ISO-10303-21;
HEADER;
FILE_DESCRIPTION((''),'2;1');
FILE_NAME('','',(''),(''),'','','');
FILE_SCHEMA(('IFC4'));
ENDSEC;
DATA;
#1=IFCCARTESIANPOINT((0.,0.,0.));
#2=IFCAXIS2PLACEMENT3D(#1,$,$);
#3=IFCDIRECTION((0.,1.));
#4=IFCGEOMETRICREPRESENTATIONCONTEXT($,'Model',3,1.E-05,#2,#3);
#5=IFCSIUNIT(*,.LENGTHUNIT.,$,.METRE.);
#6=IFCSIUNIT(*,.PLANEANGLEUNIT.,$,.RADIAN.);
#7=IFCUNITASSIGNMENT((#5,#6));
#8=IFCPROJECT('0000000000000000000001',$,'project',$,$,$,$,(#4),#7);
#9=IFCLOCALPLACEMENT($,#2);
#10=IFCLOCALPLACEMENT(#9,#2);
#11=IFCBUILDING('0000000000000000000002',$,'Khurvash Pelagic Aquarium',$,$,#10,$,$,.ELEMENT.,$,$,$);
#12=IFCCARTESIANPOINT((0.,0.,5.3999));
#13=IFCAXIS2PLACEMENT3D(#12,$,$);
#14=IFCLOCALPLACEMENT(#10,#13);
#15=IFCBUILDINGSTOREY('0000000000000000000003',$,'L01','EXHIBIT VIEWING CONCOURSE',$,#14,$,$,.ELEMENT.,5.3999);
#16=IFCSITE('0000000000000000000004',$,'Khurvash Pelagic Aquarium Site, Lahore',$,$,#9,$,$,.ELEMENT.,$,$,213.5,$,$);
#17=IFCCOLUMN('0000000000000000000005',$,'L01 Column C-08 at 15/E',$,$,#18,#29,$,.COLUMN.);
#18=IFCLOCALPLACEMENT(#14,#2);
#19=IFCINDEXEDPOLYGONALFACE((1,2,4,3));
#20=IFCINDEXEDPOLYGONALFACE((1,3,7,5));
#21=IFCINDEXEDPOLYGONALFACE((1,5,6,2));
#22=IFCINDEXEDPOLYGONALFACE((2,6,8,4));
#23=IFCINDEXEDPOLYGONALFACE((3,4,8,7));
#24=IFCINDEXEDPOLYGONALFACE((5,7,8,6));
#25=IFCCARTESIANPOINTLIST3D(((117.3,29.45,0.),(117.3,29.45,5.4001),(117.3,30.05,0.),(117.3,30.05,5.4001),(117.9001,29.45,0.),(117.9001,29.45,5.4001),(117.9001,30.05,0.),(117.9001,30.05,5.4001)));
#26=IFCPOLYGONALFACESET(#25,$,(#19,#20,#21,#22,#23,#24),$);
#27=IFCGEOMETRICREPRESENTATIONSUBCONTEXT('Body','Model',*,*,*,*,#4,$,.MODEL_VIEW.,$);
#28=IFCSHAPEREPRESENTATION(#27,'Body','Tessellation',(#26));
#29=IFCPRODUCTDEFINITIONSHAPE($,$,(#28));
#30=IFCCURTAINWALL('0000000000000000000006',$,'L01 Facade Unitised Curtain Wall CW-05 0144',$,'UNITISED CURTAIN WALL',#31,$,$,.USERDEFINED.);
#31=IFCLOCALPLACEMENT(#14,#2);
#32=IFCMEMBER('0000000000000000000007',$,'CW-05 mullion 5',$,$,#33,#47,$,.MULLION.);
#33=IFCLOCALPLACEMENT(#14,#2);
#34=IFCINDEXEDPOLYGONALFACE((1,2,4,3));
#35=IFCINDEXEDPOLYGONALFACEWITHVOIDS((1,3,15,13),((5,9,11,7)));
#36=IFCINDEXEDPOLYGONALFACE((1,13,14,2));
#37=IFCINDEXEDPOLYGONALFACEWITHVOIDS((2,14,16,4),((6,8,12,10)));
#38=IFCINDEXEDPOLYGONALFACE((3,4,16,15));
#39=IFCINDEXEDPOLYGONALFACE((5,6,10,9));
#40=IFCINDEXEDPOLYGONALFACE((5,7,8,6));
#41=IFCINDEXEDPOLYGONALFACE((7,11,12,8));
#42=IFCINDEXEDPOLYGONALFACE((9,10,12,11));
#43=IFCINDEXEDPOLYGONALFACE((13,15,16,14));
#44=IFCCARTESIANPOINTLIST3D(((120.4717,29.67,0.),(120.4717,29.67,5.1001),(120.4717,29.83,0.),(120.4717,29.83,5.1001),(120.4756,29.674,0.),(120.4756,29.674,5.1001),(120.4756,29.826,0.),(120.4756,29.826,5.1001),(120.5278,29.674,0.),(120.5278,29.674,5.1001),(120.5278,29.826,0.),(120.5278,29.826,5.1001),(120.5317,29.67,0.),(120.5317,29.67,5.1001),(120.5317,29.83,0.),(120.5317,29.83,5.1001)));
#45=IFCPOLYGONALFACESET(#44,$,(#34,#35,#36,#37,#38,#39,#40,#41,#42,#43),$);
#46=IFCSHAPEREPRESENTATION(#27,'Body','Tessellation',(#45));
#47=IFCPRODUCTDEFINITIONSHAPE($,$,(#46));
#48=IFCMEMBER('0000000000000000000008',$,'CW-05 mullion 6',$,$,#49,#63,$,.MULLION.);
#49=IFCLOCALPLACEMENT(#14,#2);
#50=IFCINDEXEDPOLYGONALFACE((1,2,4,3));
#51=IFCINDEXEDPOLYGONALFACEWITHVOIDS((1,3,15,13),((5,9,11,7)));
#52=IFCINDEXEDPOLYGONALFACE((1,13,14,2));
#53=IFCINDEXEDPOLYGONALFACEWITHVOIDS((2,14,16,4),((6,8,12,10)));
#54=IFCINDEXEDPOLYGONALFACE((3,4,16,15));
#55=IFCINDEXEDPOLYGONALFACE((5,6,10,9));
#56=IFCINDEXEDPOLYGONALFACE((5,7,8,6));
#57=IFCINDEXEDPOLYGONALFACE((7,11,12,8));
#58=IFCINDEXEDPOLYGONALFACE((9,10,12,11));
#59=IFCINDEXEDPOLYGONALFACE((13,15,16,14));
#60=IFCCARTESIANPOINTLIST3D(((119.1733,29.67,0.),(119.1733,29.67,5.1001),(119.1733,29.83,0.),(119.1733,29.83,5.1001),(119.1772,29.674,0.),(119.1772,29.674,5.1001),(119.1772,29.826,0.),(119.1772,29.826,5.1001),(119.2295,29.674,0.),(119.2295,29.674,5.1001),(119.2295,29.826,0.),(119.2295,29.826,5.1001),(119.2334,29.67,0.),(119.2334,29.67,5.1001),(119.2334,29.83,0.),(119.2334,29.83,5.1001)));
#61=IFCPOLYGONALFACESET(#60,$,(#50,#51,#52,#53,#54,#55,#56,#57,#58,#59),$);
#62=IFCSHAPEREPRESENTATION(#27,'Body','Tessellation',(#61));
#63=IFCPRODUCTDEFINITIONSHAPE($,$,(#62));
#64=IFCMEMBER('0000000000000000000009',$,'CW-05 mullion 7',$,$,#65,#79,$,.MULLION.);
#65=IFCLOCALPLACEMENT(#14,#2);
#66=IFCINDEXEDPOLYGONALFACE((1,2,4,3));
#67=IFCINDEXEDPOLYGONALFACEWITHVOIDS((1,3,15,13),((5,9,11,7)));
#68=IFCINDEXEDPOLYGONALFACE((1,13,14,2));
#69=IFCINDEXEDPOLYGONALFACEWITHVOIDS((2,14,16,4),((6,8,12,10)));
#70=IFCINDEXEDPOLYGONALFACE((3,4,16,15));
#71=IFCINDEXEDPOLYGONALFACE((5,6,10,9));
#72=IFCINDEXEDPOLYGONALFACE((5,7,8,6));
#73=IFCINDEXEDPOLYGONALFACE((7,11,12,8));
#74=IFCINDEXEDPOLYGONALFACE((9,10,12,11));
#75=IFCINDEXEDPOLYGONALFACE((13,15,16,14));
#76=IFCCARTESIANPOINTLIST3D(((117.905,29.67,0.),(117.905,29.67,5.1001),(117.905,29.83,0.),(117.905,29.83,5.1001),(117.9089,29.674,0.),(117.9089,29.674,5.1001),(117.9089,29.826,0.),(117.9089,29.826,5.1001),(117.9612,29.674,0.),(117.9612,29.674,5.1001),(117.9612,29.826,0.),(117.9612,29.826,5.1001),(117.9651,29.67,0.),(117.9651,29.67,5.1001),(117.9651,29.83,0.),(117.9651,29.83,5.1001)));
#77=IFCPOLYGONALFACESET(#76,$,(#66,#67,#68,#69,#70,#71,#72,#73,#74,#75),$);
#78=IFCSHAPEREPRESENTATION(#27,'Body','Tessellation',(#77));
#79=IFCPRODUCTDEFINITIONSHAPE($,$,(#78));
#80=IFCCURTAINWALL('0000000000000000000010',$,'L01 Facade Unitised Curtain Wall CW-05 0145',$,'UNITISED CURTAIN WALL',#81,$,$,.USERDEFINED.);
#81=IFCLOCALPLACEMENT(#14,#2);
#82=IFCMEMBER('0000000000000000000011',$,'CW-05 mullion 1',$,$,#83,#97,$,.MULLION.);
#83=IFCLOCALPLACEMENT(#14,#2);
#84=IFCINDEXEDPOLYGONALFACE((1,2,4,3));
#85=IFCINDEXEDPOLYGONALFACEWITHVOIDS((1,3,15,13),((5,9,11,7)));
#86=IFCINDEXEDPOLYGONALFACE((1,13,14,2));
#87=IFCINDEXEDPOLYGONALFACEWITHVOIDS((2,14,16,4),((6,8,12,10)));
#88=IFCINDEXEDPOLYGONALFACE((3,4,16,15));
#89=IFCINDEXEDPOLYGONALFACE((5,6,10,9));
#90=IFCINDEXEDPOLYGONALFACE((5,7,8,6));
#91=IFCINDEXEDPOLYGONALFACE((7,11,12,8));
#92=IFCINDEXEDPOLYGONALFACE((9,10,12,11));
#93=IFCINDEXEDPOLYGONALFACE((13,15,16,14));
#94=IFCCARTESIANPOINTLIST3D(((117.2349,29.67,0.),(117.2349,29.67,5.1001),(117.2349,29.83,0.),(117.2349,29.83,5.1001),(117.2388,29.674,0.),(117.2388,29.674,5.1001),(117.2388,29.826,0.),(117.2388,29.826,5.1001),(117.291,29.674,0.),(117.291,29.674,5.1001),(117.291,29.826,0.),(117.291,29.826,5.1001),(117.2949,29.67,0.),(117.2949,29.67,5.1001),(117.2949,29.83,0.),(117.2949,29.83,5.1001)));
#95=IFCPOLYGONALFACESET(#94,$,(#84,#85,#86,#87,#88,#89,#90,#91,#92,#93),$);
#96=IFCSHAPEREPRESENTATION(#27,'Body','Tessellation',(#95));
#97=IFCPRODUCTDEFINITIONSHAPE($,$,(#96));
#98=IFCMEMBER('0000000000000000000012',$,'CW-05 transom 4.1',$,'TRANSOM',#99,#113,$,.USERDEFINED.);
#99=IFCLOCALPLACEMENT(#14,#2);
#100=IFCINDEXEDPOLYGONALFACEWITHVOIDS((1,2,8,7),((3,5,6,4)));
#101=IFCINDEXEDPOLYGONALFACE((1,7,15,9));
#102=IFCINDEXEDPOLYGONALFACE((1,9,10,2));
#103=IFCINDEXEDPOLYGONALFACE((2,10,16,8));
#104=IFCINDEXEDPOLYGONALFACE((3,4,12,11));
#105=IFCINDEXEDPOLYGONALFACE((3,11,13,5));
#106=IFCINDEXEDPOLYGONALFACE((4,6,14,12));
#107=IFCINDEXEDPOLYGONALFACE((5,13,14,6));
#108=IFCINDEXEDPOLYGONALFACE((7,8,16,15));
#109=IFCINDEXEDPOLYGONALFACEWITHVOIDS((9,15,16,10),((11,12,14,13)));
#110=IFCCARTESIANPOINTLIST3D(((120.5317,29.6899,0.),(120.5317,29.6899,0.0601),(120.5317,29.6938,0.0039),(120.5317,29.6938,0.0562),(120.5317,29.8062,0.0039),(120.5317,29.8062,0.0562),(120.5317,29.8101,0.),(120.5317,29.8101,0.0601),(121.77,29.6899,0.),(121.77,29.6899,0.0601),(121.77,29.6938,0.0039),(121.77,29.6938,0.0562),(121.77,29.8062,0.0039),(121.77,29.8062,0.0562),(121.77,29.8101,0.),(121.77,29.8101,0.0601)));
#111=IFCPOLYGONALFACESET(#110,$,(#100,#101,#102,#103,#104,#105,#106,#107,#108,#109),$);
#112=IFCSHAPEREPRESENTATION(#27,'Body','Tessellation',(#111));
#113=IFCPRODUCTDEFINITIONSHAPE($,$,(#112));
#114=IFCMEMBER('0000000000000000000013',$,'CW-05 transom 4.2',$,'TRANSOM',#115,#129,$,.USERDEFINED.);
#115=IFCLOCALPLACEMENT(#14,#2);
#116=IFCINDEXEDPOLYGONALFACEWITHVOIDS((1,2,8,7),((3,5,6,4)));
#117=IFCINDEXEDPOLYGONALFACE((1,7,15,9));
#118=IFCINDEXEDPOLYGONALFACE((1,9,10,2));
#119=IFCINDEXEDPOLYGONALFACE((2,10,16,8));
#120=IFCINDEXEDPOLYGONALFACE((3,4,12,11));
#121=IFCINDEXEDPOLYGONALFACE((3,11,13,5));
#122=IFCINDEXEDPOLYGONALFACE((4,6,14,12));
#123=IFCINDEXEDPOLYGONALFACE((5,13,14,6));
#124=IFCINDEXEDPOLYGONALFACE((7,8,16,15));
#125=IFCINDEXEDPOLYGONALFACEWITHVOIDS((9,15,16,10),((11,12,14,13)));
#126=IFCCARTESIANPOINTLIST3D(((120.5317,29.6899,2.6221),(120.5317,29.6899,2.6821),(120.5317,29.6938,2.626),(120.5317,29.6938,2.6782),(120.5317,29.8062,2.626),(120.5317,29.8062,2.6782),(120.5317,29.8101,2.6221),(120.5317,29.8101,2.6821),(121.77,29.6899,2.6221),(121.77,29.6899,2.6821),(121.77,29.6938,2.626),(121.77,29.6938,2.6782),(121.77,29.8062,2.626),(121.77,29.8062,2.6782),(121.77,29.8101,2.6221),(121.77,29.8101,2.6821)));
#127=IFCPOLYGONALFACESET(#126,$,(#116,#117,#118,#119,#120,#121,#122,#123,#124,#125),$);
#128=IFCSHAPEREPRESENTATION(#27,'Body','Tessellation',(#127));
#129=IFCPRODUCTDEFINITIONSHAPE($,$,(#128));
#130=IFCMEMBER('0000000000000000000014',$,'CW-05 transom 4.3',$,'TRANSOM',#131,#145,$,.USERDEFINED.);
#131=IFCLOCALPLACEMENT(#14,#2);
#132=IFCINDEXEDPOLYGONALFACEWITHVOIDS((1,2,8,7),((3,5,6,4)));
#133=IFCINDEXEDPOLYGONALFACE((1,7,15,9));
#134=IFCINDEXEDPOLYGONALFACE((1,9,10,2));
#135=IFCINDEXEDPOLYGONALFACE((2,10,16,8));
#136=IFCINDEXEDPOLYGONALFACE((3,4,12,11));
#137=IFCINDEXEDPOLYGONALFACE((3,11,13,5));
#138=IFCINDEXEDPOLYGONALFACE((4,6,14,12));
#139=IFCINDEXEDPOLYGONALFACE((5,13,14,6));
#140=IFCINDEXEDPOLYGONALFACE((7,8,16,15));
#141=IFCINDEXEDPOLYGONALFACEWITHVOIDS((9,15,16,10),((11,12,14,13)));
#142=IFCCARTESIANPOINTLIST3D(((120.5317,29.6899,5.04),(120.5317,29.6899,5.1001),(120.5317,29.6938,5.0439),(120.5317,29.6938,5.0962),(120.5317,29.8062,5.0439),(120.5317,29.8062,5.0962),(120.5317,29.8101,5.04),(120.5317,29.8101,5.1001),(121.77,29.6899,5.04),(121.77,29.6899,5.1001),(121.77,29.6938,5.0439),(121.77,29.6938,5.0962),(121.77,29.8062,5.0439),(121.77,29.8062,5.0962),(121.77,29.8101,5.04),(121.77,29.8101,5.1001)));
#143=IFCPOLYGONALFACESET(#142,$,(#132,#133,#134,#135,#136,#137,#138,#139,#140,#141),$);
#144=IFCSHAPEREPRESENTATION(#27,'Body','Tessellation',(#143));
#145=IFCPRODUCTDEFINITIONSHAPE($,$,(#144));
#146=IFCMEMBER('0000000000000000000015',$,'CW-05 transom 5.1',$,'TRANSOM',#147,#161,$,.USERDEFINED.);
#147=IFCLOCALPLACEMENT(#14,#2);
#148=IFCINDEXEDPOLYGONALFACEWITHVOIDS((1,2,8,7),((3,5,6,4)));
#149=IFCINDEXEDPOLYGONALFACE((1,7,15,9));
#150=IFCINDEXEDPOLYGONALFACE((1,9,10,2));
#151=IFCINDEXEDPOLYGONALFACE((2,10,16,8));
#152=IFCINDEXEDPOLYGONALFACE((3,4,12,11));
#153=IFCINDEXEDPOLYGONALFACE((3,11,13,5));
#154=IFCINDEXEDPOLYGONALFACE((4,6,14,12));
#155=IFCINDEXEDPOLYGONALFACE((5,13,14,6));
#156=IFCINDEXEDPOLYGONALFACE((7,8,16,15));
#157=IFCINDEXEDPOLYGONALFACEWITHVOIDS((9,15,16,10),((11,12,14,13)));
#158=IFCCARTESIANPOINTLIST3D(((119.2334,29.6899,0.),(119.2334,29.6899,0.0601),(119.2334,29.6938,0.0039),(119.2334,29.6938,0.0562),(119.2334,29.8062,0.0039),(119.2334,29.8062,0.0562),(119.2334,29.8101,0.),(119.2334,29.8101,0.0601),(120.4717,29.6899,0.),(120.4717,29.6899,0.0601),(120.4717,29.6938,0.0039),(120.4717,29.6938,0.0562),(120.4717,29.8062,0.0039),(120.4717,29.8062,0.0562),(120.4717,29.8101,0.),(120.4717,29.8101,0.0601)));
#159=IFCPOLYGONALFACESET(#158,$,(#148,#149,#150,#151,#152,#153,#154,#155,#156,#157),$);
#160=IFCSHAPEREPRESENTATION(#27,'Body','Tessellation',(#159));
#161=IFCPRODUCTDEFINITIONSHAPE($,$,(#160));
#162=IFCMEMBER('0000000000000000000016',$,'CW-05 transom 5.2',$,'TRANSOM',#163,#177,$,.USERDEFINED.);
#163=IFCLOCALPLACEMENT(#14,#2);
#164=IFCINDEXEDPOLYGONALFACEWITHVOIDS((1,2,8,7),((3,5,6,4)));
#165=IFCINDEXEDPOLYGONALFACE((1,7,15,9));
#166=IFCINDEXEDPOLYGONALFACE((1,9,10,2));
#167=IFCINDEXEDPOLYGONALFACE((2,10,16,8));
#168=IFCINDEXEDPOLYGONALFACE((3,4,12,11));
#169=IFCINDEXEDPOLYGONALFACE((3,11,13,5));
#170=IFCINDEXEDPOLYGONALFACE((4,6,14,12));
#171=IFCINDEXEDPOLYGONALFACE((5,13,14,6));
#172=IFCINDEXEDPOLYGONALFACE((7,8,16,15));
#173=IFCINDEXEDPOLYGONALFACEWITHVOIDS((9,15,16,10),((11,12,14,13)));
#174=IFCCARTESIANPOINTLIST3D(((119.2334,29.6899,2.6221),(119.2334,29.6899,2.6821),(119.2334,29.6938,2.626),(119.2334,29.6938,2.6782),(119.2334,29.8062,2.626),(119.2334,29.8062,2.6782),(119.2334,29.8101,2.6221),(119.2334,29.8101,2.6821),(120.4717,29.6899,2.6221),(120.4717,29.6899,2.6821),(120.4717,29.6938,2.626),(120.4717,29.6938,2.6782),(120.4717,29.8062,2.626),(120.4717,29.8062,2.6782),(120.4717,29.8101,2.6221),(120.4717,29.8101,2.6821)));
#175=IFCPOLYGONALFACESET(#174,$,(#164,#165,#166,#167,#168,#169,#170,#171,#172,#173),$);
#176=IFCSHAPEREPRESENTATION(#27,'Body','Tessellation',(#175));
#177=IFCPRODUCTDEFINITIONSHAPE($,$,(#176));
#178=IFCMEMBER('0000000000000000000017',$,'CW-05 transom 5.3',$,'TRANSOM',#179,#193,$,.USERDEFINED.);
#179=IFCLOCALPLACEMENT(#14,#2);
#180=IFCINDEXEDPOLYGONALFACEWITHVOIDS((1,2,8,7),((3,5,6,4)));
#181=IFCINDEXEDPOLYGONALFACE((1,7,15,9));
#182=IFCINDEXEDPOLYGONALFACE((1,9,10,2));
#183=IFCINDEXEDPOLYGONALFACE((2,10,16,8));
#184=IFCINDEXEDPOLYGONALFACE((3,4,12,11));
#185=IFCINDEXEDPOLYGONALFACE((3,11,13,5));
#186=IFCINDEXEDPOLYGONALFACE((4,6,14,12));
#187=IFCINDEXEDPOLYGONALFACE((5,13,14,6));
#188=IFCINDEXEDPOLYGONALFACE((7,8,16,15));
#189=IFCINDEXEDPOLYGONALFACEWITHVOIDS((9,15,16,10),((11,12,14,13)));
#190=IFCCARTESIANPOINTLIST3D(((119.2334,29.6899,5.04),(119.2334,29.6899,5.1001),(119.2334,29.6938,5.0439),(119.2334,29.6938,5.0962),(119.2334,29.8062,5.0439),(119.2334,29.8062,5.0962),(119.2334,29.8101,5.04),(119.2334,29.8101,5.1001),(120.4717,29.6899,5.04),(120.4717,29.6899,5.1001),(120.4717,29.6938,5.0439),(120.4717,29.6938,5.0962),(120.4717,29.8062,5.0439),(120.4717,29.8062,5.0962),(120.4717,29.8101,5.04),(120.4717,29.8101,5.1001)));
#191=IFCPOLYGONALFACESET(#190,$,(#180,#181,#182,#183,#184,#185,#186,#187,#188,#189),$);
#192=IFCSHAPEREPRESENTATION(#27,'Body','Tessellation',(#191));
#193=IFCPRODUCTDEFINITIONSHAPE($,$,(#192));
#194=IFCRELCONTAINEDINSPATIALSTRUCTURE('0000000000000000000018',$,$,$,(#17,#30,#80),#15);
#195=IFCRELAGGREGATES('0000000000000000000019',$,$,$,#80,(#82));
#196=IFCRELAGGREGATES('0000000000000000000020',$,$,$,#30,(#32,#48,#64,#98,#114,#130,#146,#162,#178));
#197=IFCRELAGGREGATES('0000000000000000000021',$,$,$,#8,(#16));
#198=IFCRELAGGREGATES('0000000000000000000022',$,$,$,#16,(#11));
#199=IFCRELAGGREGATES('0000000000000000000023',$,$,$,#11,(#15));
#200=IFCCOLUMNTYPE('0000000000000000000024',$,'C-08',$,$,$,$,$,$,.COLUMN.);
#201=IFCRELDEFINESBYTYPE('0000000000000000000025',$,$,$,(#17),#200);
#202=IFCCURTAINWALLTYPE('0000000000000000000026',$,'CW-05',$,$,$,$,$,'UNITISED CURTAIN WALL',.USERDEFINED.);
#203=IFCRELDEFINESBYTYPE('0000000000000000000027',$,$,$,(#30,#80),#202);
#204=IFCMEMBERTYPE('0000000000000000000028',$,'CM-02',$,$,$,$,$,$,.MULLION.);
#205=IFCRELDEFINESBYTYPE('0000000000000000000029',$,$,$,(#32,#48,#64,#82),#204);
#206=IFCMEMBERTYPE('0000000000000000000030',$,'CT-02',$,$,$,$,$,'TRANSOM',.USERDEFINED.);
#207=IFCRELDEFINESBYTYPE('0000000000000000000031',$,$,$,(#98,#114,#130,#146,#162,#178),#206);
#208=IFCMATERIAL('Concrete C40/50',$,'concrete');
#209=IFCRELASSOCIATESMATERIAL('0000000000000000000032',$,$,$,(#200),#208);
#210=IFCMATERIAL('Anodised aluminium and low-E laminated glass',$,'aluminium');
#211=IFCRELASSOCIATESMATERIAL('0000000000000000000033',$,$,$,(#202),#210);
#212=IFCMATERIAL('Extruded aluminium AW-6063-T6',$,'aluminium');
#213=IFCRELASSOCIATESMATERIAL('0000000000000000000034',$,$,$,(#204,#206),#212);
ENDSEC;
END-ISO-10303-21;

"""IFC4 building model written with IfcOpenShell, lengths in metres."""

from ifc_helpers import new_model, si_unit, direction, frame, origin, origin_2d, place, context, subcontext, project, spatial, rectangle, hollow_rectangle, extrude, material, material_profile, profile_set, type_object, element, aggregate, save


model = new_model("IFC4")

# Units and contexts
model_context = context("Model", 3, precision=1e-05, world=origin(), true_north=direction((0.0, 1.0)))
body_context = subcontext(model_context, "Body", "Model", "MODEL_VIEW")
ifc_project = project(units=[si_unit("LENGTHUNIT", "METRE"), si_unit("PLANEANGLEUNIT", "RADIAN")], contexts=[model_context])

# Site, building, storey
site_placement = place(None, origin())
site = spatial("IfcSite", under=ifc_project, at=site_placement, Name="Khurvash Pelagic Aquarium Site, Lahore", CompositionType="ELEMENT", RefElevation=213.5)
building_placement = place(site_placement, origin())
building = spatial("IfcBuilding", under=site, at=building_placement, Name="Khurvash Pelagic Aquarium", CompositionType="ELEMENT")
storey_placement = place(building_placement, frame((0.0, 0.0, 5.3999)))
storey = spatial("IfcBuildingStorey", under=building, at=storey_placement, Name="L01", Description="EXHIBIT VIEWING CONCOURSE", CompositionType="ELEMENT", Elevation=5.3999)

# Column
ifc_material_1 = material(Name="Concrete C40/50", Category="concrete")
ifc_material_profile_1 = material_profile(ifc_material_1, rectangle(XDim=0.6001, YDim=0.6001, at=origin_2d()), Name="RC600X600")
ifc_profile_set_1 = profile_set([ifc_material_profile_1], Name="Concrete C40/50")
column_type = type_object("IfcColumnType", Name="C-08", PredefinedType="COLUMN", material=ifc_profile_set_1)
column_placement = place(storey_placement, frame((117.6001, 29.75, 0.0), z_axis=(0.0, 0.0, 1.0), x_axis=(1.0, 0.0, 0.0)))
element("IfcColumn", 1, at=column_placement, inside=storey, type_object=column_type, Name="L01 Column C-08 at 15/E", PredefinedType="COLUMN", context=body_context, shape_type="SweptSolid", body=[
    extrude(rectangle(XDim=0.6001, YDim=0.6001, at=origin_2d()), origin(), (0.0, 0.0, 1.0), 5.4001),
])

# Curtain wall, members
ifc_material_2 = material(Name="Anodised aluminium and low-E laminated glass", Category="aluminium")
curtain_wall_type = type_object("IfcCurtainWallType", Name="CW-05", ElementType="UNITISED CURTAIN WALL", PredefinedType="USERDEFINED", material=ifc_material_2)
curtain_wall_1_placement = place(storey_placement, origin())
curtain_wall_1 = element("IfcCurtainWall", 2, at=curtain_wall_1_placement, inside=storey, type_object=curtain_wall_type, Name="L01 Facade Unitised Curtain Wall CW-05 0144", ObjectType="UNITISED CURTAIN WALL", PredefinedType="USERDEFINED")
ifc_material_3 = material(Name="Extruded aluminium AW-6063-T6", Category="aluminium")
ifc_material_profile_2 = material_profile(ifc_material_3, hollow_rectangle(XDim=0.0601, YDim=0.1599, WallThickness=0.0039, at=origin_2d()), Name="CWM60X160X4")
ifc_profile_set_2 = profile_set([ifc_material_profile_2], Name="Extruded aluminium AW-6063-T6")
member_type_1 = type_object("IfcMemberType", Name="CM-02", PredefinedType="MULLION", material=ifc_profile_set_2)
member_1_placement = place(storey_placement, frame((120.5017, 29.75, 0.0), z_axis=(0.0, 0.0, 1.0), x_axis=(-1.0, 0.0, 0.0)))
member_1 = element("IfcMember", 3, at=member_1_placement, type_object=member_type_1, Name="CW-05 mullion 5", PredefinedType="MULLION", context=body_context, shape_type="SweptSolid", body=[
    extrude(hollow_rectangle(XDim=0.0601, YDim=0.1599, WallThickness=0.0039, at=origin_2d()), origin(), (0.0, 0.0, 1.0), 5.1001),
])
member_2_placement = place(storey_placement, frame((119.2034, 29.75, 0.0), z_axis=(0.0, 0.0, 1.0), x_axis=(-1.0, 0.0, 0.0)))
member_2 = element("IfcMember", 4, at=member_2_placement, type_object=member_type_1, Name="CW-05 mullion 6", PredefinedType="MULLION", context=body_context, shape_type="SweptSolid", body=[
    extrude(hollow_rectangle(XDim=0.0601, YDim=0.1599, WallThickness=0.0039, at=origin_2d()), origin(), (0.0, 0.0, 1.0), 5.1001),
])
member_3_placement = place(storey_placement, frame((117.9351, 29.75, 0.0), z_axis=(0.0, 0.0, 1.0), x_axis=(-1.0, 0.0, 0.0)))
member_3 = element("IfcMember", 5, at=member_3_placement, type_object=member_type_1, Name="CW-05 mullion 7", PredefinedType="MULLION", context=body_context, shape_type="SweptSolid", body=[
    extrude(hollow_rectangle(XDim=0.0601, YDim=0.1599, WallThickness=0.0039, at=origin_2d()), origin(), (0.0, 0.0, 1.0), 5.1001),
])

# Curtain wall, member
curtain_wall_2_placement = place(storey_placement, origin())
curtain_wall_2 = element("IfcCurtainWall", 6, at=curtain_wall_2_placement, inside=storey, type_object=curtain_wall_type, Name="L01 Facade Unitised Curtain Wall CW-05 0145", ObjectType="UNITISED CURTAIN WALL", PredefinedType="USERDEFINED")
member_4_placement = place(storey_placement, frame((117.2649, 29.75, 0.0), z_axis=(0.0, 0.0, 1.0), x_axis=(-1.0, 0.0, 0.0)))
member_4 = element("IfcMember", 7, at=member_4_placement, type_object=member_type_1, Name="CW-05 mullion 1", PredefinedType="MULLION", context=body_context, shape_type="SweptSolid", body=[
    extrude(hollow_rectangle(XDim=0.0601, YDim=0.1599, WallThickness=0.0039, at=origin_2d()), origin(), (0.0, 0.0, 1.0), 5.1001),
])
aggregate(curtain_wall_2, [member_4])

# Members
ifc_material_profile_3 = material_profile(ifc_material_3, hollow_rectangle(XDim=0.1201, YDim=0.0601, WallThickness=0.0039, at=origin_2d()), Name="CWT120X60X4")
ifc_profile_set_3 = profile_set([ifc_material_profile_3], Name="Extruded aluminium AW-6063-T6")
member_type_2 = type_object("IfcMemberType", Name="CT-02", ElementType="TRANSOM", PredefinedType="USERDEFINED", material=ifc_profile_set_3)
member_5_placement = place(storey_placement, frame((121.77, 29.75, 0.03), z_axis=(-1.0, 0.0, 0.0), x_axis=(0.0, -1.0, 0.0)))
member_5 = element("IfcMember", 8, at=member_5_placement, type_object=member_type_2, Name="CW-05 transom 4.1", ObjectType="TRANSOM", PredefinedType="USERDEFINED", context=body_context, shape_type="SweptSolid", body=[
    extrude(hollow_rectangle(XDim=0.1201, YDim=0.0601, WallThickness=0.0039, at=origin_2d()), origin(), (0.0, 0.0, 1.0), 1.2383),
])
member_6_placement = place(storey_placement, frame((121.77, 29.75, 2.6521), z_axis=(-1.0, 0.0, 0.0), x_axis=(0.0, -1.0, 0.0)))
member_6 = element("IfcMember", 9, at=member_6_placement, type_object=member_type_2, Name="CW-05 transom 4.2", ObjectType="TRANSOM", PredefinedType="USERDEFINED", context=body_context, shape_type="SweptSolid", body=[
    extrude(hollow_rectangle(XDim=0.1201, YDim=0.0601, WallThickness=0.0039, at=origin_2d()), origin(), (0.0, 0.0, 1.0), 1.2383),
])
member_7_placement = place(storey_placement, frame((121.77, 29.75, 5.0701), z_axis=(-1.0, 0.0, 0.0), x_axis=(0.0, -1.0, 0.0)))
member_7 = element("IfcMember", 10, at=member_7_placement, type_object=member_type_2, Name="CW-05 transom 4.3", ObjectType="TRANSOM", PredefinedType="USERDEFINED", context=body_context, shape_type="SweptSolid", body=[
    extrude(hollow_rectangle(XDim=0.1201, YDim=0.0601, WallThickness=0.0039, at=origin_2d()), origin(), (0.0, 0.0, 1.0), 1.2383),
])
member_8_placement = place(storey_placement, frame((120.4717, 29.75, 0.03), z_axis=(-1.0, 0.0, 0.0), x_axis=(0.0, -1.0, 0.0)))
member_8 = element("IfcMember", 11, at=member_8_placement, type_object=member_type_2, Name="CW-05 transom 5.1", ObjectType="TRANSOM", PredefinedType="USERDEFINED", context=body_context, shape_type="SweptSolid", body=[
    extrude(hollow_rectangle(XDim=0.1201, YDim=0.0601, WallThickness=0.0039, at=origin_2d()), origin(), (0.0, 0.0, 1.0), 1.2383),
])
member_9_placement = place(storey_placement, frame((120.4717, 29.75, 2.6521), z_axis=(-1.0, 0.0, 0.0), x_axis=(0.0, -1.0, 0.0)))
member_9 = element("IfcMember", 12, at=member_9_placement, type_object=member_type_2, Name="CW-05 transom 5.2", ObjectType="TRANSOM", PredefinedType="USERDEFINED", context=body_context, shape_type="SweptSolid", body=[
    extrude(hollow_rectangle(XDim=0.1201, YDim=0.0601, WallThickness=0.0039, at=origin_2d()), origin(), (0.0, 0.0, 1.0), 1.2383),
])
member_10_placement = place(storey_placement, frame((120.4717, 29.75, 5.0701), z_axis=(-1.0, 0.0, 0.0), x_axis=(0.0, -1.0, 0.0)))
member_10 = element("IfcMember", 13, at=member_10_placement, type_object=member_type_2, Name="CW-05 transom 5.3", ObjectType="TRANSOM", PredefinedType="USERDEFINED", context=body_context, shape_type="SweptSolid", body=[
    extrude(hollow_rectangle(XDim=0.1201, YDim=0.0601, WallThickness=0.0039, at=origin_2d()), origin(), (0.0, 0.0, 1.0), 1.2383),
])

aggregate(curtain_wall_1, [member_1, member_2, member_3, member_5, member_6, member_7, member_8, member_9, member_10])

save(model, "model.ifc")
